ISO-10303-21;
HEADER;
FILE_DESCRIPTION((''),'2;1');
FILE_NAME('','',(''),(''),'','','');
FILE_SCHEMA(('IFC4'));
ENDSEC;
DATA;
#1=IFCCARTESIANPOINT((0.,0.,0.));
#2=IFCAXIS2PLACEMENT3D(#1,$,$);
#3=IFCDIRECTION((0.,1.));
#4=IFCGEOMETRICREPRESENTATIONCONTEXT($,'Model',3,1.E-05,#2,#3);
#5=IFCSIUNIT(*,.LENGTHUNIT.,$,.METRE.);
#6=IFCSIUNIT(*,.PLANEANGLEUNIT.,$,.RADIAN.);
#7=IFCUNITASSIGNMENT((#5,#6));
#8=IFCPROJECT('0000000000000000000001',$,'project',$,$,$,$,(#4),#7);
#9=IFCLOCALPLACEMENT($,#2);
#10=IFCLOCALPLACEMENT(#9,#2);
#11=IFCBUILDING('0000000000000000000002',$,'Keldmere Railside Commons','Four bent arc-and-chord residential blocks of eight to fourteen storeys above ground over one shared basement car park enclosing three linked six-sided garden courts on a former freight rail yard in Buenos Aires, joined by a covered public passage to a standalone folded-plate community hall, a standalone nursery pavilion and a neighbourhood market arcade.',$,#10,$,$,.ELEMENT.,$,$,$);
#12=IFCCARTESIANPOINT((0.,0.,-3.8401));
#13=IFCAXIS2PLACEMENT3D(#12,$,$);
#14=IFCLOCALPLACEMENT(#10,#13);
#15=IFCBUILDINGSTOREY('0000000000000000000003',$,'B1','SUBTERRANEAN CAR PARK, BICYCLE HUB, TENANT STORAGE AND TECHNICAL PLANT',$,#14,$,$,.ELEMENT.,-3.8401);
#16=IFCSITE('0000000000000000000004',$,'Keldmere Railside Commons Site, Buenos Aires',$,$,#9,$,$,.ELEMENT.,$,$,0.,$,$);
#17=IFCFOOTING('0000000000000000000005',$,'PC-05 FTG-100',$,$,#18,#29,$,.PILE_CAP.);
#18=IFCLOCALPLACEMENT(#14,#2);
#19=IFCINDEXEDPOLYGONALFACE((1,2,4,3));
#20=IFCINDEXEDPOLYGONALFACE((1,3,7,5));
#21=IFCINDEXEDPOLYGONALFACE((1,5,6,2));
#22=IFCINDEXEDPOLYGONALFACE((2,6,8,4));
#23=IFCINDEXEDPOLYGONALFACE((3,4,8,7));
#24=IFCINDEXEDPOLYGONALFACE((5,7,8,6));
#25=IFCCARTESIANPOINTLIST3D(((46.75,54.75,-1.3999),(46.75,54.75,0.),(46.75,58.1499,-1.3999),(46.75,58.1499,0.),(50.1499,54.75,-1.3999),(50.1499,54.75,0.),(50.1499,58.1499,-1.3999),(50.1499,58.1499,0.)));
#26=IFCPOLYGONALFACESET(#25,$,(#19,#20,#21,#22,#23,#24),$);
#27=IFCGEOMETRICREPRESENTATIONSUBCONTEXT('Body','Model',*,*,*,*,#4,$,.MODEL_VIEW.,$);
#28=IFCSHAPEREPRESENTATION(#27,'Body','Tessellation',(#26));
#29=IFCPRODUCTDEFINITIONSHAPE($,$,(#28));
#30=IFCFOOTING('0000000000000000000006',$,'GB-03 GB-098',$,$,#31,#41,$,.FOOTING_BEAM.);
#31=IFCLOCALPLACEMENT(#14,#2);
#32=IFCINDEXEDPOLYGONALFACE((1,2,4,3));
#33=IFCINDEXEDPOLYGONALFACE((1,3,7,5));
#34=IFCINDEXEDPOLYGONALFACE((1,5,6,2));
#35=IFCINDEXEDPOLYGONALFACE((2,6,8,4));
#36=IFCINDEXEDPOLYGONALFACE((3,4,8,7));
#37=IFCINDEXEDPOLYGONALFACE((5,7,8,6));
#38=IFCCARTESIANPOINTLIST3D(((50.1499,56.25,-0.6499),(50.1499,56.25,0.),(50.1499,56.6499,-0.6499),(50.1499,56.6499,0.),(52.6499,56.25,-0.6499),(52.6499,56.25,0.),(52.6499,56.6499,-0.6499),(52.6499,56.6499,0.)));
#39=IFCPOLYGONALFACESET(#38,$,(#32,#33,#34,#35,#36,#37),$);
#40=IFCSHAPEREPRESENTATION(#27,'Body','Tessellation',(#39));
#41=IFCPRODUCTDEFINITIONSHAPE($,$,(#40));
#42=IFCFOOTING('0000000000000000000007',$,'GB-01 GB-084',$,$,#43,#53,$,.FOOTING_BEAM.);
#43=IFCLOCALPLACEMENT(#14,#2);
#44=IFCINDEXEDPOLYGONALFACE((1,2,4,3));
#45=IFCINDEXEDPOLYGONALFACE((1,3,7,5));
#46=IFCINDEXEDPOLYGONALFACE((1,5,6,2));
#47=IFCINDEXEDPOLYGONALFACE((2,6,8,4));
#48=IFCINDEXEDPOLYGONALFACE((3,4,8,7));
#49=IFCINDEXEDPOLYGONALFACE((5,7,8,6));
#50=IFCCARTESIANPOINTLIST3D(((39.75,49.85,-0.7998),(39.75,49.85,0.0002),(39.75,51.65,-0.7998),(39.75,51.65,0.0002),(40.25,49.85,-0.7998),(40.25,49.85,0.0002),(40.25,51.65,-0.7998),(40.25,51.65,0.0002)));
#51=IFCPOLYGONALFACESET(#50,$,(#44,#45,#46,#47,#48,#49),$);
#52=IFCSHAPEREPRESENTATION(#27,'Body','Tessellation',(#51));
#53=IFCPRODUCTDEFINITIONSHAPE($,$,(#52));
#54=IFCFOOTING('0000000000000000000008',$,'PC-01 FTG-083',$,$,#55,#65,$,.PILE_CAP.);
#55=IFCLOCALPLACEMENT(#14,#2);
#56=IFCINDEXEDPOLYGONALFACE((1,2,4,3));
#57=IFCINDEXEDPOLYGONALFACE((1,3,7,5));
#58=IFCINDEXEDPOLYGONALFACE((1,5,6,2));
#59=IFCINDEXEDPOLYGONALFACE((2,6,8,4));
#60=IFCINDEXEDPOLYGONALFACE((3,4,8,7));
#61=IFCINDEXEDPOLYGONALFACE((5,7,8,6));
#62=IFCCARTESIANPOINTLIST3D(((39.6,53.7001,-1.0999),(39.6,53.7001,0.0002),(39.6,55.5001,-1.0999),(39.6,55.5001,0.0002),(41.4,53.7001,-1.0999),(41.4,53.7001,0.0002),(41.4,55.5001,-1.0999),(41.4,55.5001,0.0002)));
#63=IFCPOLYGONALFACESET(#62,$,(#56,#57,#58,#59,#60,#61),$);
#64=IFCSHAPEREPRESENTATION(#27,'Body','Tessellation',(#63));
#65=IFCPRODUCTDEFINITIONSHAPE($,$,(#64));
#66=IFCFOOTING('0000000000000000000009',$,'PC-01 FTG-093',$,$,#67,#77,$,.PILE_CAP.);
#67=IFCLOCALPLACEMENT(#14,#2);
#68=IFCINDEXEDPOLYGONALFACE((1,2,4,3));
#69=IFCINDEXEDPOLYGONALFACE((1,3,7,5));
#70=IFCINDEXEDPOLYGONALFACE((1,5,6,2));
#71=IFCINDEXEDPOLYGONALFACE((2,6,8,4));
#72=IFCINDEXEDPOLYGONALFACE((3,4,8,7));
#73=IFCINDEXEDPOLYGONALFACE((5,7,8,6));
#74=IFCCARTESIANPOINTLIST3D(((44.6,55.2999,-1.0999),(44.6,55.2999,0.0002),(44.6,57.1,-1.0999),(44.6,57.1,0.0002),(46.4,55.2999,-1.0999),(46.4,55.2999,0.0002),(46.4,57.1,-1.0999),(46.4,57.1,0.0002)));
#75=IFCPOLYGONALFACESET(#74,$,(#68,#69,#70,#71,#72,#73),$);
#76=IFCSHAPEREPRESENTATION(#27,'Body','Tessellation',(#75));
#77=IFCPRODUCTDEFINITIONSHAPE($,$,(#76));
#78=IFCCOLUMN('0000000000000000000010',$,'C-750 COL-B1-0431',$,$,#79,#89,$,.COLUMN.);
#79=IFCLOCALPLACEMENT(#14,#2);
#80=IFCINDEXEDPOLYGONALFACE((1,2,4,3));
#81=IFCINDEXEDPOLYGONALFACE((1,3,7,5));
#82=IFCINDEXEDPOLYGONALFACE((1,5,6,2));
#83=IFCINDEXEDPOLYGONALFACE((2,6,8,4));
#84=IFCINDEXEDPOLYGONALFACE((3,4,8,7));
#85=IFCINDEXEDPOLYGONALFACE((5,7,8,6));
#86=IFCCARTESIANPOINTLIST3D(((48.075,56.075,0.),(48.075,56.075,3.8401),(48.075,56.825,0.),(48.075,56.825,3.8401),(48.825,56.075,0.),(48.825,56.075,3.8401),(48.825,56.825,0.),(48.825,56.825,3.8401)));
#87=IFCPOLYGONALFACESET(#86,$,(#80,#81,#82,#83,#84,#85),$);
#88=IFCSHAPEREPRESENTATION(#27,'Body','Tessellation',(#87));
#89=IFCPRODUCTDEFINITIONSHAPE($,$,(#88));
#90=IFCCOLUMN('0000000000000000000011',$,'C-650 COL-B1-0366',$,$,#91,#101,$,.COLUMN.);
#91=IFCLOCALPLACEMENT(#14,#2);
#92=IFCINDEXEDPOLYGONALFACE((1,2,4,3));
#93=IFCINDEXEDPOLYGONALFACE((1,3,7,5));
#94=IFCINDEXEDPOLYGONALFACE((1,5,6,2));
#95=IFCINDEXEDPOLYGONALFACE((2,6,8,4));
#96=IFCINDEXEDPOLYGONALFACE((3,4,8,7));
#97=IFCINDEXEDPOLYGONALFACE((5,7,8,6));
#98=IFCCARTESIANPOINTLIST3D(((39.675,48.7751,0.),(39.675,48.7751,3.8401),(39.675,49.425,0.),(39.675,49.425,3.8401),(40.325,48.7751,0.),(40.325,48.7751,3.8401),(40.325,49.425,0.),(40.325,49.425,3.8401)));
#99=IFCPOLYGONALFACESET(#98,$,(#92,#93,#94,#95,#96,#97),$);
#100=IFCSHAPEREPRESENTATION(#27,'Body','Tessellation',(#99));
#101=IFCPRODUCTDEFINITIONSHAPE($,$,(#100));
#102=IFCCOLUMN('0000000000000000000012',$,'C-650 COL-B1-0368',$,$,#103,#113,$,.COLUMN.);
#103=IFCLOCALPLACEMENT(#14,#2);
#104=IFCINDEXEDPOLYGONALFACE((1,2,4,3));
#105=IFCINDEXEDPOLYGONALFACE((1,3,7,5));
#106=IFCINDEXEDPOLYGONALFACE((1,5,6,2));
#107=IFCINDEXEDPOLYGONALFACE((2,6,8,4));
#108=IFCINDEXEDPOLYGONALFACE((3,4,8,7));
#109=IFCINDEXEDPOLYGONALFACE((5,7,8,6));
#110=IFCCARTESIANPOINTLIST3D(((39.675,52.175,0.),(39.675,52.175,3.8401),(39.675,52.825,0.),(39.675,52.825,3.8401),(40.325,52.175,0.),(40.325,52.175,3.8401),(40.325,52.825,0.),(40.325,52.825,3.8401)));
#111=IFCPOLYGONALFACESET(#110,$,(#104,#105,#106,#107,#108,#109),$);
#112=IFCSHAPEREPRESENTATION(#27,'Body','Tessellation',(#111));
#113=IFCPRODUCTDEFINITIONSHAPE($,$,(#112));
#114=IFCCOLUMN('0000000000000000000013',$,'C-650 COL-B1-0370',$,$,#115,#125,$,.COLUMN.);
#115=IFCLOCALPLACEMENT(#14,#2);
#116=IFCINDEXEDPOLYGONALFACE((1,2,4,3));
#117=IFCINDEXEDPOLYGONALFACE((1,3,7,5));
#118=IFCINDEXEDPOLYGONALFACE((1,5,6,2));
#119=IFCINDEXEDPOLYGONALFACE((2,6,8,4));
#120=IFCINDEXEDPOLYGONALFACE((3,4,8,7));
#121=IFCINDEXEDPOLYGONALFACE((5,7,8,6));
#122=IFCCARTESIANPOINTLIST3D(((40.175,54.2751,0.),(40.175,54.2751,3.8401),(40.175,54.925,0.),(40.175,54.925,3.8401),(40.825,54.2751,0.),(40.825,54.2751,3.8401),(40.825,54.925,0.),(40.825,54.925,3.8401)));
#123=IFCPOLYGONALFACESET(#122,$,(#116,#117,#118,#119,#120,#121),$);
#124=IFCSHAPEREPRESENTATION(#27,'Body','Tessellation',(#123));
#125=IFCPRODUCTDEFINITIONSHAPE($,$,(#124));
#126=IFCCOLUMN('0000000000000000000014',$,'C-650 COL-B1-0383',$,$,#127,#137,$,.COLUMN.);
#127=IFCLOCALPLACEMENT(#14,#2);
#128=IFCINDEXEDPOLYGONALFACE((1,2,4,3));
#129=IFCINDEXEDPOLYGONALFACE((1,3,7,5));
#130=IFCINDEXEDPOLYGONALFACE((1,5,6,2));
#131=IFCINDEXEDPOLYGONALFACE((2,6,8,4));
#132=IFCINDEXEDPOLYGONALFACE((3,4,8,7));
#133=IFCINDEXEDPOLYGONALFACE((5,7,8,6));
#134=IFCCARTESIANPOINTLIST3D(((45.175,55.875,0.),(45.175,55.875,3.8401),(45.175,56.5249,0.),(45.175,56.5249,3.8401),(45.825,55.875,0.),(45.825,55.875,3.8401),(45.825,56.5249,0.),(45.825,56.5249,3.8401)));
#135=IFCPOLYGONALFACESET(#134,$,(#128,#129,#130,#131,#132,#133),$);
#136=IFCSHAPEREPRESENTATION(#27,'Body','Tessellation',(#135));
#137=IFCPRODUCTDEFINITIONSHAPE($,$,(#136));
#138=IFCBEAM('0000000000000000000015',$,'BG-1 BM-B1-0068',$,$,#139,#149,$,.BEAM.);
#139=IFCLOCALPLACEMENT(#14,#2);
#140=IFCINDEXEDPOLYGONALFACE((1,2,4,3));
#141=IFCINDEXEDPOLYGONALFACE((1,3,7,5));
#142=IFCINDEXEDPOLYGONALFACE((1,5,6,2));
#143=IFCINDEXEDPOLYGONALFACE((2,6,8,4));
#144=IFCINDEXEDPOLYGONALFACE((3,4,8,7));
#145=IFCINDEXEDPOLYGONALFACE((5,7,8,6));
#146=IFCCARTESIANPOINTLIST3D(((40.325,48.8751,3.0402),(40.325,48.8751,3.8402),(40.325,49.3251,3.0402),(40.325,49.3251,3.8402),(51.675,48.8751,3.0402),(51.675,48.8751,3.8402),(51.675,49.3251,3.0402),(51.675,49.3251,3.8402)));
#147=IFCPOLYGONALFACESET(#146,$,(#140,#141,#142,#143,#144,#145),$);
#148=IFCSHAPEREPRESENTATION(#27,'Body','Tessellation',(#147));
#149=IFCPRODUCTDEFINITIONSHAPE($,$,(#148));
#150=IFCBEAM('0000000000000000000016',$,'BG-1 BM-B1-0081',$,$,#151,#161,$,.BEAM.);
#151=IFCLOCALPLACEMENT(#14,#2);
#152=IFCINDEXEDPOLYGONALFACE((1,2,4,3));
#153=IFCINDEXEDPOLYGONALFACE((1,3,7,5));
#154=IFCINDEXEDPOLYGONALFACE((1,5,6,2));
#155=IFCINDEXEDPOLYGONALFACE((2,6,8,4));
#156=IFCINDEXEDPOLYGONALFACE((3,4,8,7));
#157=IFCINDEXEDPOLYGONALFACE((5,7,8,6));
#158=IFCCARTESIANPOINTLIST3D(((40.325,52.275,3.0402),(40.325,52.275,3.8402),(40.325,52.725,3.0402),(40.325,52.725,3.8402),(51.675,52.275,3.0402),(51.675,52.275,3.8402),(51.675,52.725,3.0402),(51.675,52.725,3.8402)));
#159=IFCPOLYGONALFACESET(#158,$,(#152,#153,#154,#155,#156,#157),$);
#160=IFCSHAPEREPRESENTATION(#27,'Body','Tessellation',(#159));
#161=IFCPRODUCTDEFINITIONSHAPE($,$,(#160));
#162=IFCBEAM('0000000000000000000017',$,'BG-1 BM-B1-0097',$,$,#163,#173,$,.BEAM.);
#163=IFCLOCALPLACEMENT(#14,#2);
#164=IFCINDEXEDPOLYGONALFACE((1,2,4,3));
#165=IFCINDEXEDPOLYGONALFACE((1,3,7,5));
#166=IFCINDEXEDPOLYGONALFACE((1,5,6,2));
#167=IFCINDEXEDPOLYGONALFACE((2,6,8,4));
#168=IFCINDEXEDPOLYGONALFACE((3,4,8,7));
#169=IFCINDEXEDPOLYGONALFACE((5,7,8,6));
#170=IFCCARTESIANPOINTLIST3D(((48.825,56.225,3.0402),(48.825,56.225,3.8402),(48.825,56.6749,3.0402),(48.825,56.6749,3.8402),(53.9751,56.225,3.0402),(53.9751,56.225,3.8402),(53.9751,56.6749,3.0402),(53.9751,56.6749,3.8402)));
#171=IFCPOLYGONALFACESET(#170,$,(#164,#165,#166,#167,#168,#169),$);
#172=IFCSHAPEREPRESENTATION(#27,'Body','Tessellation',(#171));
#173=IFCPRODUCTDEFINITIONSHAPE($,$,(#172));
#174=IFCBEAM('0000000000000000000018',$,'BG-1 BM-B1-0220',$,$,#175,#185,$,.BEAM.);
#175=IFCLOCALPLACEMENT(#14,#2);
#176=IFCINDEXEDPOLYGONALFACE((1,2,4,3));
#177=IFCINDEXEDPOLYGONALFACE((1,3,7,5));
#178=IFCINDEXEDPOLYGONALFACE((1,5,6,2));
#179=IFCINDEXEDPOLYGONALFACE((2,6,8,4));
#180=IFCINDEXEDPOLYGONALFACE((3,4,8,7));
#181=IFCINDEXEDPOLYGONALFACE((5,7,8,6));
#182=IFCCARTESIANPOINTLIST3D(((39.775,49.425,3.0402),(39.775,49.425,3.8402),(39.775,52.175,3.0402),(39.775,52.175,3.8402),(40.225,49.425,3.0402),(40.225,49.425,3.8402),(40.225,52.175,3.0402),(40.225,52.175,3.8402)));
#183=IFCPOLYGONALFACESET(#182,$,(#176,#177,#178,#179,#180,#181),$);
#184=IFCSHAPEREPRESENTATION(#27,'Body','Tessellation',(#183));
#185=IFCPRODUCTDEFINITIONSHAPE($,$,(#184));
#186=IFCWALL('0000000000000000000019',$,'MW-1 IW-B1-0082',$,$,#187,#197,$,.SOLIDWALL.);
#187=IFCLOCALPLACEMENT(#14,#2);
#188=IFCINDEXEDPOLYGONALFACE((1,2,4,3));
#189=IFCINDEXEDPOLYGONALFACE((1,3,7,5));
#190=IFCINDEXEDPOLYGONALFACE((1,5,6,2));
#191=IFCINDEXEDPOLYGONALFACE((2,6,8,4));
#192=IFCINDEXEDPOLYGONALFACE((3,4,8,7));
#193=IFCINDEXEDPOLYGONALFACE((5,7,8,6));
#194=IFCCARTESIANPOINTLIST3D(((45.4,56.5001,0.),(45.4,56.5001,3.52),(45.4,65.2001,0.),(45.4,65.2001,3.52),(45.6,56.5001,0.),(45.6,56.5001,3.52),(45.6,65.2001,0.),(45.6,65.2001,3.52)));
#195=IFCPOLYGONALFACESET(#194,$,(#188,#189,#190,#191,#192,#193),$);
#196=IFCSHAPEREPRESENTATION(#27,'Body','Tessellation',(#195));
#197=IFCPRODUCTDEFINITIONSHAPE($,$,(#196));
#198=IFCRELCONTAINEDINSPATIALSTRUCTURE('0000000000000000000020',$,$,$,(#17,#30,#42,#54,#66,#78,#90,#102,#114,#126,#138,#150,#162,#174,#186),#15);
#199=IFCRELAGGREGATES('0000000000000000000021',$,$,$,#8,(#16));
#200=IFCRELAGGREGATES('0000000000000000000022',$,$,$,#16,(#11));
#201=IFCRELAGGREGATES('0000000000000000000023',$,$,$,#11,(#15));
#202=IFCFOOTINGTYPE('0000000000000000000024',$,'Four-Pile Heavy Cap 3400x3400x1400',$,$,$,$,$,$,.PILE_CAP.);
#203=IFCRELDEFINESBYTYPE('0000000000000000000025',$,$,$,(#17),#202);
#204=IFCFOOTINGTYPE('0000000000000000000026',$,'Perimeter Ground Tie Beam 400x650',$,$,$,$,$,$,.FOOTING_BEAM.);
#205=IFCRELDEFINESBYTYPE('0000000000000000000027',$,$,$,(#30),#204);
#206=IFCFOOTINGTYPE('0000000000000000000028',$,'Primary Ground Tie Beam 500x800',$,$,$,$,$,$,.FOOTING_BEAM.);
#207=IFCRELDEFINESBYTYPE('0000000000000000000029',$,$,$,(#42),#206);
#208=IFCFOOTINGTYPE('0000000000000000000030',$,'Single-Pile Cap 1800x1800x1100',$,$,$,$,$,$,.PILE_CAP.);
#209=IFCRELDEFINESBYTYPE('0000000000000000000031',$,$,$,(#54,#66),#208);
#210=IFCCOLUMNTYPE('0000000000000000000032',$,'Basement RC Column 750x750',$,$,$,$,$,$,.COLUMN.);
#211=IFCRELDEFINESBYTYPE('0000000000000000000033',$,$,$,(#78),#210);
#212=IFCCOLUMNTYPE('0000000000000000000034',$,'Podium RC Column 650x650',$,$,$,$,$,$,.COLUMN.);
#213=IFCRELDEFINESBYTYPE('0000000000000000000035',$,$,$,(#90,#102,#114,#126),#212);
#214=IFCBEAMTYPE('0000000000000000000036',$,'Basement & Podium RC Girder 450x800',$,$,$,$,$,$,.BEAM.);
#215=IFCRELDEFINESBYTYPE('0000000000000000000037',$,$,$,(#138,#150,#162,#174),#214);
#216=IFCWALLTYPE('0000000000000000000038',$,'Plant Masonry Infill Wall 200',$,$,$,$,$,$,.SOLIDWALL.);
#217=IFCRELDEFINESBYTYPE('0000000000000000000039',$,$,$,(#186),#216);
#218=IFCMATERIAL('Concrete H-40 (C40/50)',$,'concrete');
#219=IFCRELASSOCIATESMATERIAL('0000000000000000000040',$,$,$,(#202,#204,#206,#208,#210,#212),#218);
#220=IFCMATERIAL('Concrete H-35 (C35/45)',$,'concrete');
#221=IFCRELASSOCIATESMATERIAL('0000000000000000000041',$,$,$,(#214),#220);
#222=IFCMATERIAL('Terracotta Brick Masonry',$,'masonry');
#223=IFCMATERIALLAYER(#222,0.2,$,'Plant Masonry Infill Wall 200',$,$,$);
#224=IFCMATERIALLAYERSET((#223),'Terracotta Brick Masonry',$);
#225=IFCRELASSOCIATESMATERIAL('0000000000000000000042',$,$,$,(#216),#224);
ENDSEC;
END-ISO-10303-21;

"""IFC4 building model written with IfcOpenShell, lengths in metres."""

from ifc_helpers import new_model, si_unit, direction, frame, frame_2d, origin, origin_2d, place, context, subcontext, project, spatial, rectangle, extrude, material, layer, layer_set, material_profile, profile_set, type_object, element, save


model = new_model("IFC4")

# Units and contexts
model_context = context("Model", 3, precision=1e-05, world=origin(), true_north=direction((0.0, 1.0)))
body_context = subcontext(model_context, "Body", "Model", "MODEL_VIEW")
ifc_project = project(units=[si_unit("LENGTHUNIT", "METRE"), si_unit("PLANEANGLEUNIT", "RADIAN")], contexts=[model_context])

# Site, building, storey
site_placement = place(None, origin())
site = spatial("IfcSite", under=ifc_project, at=site_placement, Name="Keldmere Railside Commons Site, Buenos Aires", CompositionType="ELEMENT", RefElevation=0.0)
building_placement = place(site_placement, origin())
building = spatial("IfcBuilding", under=site, at=building_placement, Name="Keldmere Railside Commons", Description="Four bent arc-and-chord residential blocks of eight to fourteen storeys above ground over one shared basement car park enclosing three linked six-sided garden courts on a former freight rail yard in Buenos Aires, joined by a covered public passage to a standalone folded-plate community hall, a standalone nursery pavilion and a neighbourhood market arcade.", CompositionType="ELEMENT")
storey_placement = place(building_placement, frame((0.0, 0.0, -3.8401)))
storey = spatial("IfcBuildingStorey", under=building, at=storey_placement, Name="B1", Description="SUBTERRANEAN CAR PARK, BICYCLE HUB, TENANT STORAGE AND TECHNICAL PLANT", CompositionType="ELEMENT", Elevation=-3.8401)

# Footings
ifc_material_1 = material(Name="Concrete H-40 (C40/50)", Category="concrete")
footing_type_1 = type_object("IfcFootingType", Name="Four-Pile Heavy Cap 3400x3400x1400", PredefinedType="PILE_CAP", material=ifc_material_1)
footing_1_placement = place(storey_placement, frame((48.45, 56.45, -1.3999), z_axis=(0.0, 0.0, 1.0), x_axis=(1.0, 0.0, 0.0)))
element("IfcFooting", 1, at=footing_1_placement, inside=storey, type_object=footing_type_1, Name="PC-05 FTG-100", PredefinedType="PILE_CAP", context=body_context, shape_type="SweptSolid", body=[
    extrude(rectangle(XDim=3.3999, YDim=3.3999, at=origin_2d()), origin(), (0.0, 0.0, 1.0), 1.3999),
])
footing_type_2 = type_object("IfcFootingType", Name="Perimeter Ground Tie Beam 400x650", PredefinedType="FOOTING_BEAM", material=ifc_material_1)
footing_2_placement = place(storey_placement, frame((51.3999, 56.45, -0.6499), z_axis=(0.0, 0.0, 1.0), x_axis=(1.0, 0.0, 0.0)))
element("IfcFooting", 2, at=footing_2_placement, inside=storey, type_object=footing_type_2, Name="GB-03 GB-098", PredefinedType="FOOTING_BEAM", context=body_context, shape_type="SweptSolid", body=[
    extrude(rectangle(XDim=2.5, YDim=0.3999, at=origin_2d()), origin(), (0.0, 0.0, 1.0), 0.6499),
])
footing_type_3 = type_object("IfcFootingType", Name="Primary Ground Tie Beam 500x800", PredefinedType="FOOTING_BEAM", material=ifc_material_1)
footing_3_placement = place(storey_placement, frame((40.0, 50.75, -0.7998), z_axis=(0.0, 0.0, 1.0), x_axis=(0.0, 1.0, 0.0)))
element("IfcFooting", 3, at=footing_3_placement, inside=storey, type_object=footing_type_3, Name="GB-01 GB-084", PredefinedType="FOOTING_BEAM", context=body_context, shape_type="SweptSolid", body=[
    extrude(rectangle(XDim=1.8, YDim=0.5, at=origin_2d()), origin(), (0.0, 0.0, 1.0), 0.8),
])
footing_type_4 = type_object("IfcFootingType", Name="Single-Pile Cap 1800x1800x1100", PredefinedType="PILE_CAP", material=ifc_material_1)
for number, where, z_axis, x_axis, name in (
    (4, (40.5, 54.6001, -1.0999), (0.0, 0.0, 1.0), (1.0, 0.0, 0.0), "PC-01 FTG-083"),
    (5, (45.5, 56.2, -1.0999), (0.0, 0.0, 1.0), (1.0, 0.0, 0.0), "PC-01 FTG-093"),
):
    element("IfcFooting", number, at=place(storey_placement, frame(where, z_axis=z_axis, x_axis=x_axis)), inside=storey, type_object=footing_type_4, Name=name, PredefinedType="PILE_CAP", context=body_context, shape_type="SweptSolid", body=[
        extrude(rectangle(XDim=1.8, YDim=1.8, at=origin_2d()), origin(), (0.0, 0.0, 1.0), 1.1001),
    ])

# Columns
ifc_material_profile_1 = material_profile(ifc_material_1, rectangle(XDim=0.75, YDim=0.75, at=origin_2d()), Name="RC-750x750")
ifc_profile_set_1 = profile_set([ifc_material_profile_1], Name="Concrete H-40 (C40/50)")
column_type_1 = type_object("IfcColumnType", Name="Basement RC Column 750x750", PredefinedType="COLUMN", material=ifc_profile_set_1)
column_placement = place(storey_placement, frame((48.45, 56.45, 0.0), z_axis=(0.0, 0.0, 1.0), x_axis=(1.0, 0.0, 0.0)))
element("IfcColumn", 6, at=column_placement, inside=storey, type_object=column_type_1, Name="C-750 COL-B1-0431", PredefinedType="COLUMN", context=body_context, shape_type="SweptSolid", body=[
    extrude(rectangle(XDim=0.75, YDim=0.75, at=origin_2d()), origin(), (0.0, 0.0, 1.0), 3.8401),
])
ifc_material_profile_2 = material_profile(ifc_material_1, rectangle(XDim=0.6499, YDim=0.6499, at=origin_2d()), Name="RC-650x650")
ifc_profile_set_2 = profile_set([ifc_material_profile_2], Name="Concrete H-40 (C40/50)")
column_type_2 = type_object("IfcColumnType", Name="Podium RC Column 650x650", PredefinedType="COLUMN", material=ifc_profile_set_2)
for number, where, z_axis, x_axis, name in (
    (7, (40.0, 49.1001, 0.0), (0.0, 0.0, 1.0), (1.0, 0.0, 0.0), "C-650 COL-B1-0366"),
    (8, (40.0, 52.5, 0.0), (0.0, 0.0, 1.0), (1.0, 0.0, 0.0), "C-650 COL-B1-0368"),
    (9, (40.5, 54.6001, 0.0), (0.0, 0.0, 1.0), (1.0, 0.0, 0.0), "C-650 COL-B1-0370"),
    (10, (45.5, 56.2, 0.0), (0.0, 0.0, 1.0), (1.0, 0.0, 0.0), "C-650 COL-B1-0383"),
):
    element("IfcColumn", number, at=place(storey_placement, frame(where, z_axis=z_axis, x_axis=x_axis)), inside=storey, type_object=column_type_2, Name=name, PredefinedType="COLUMN", context=body_context, shape_type="SweptSolid", body=[
        extrude(rectangle(XDim=0.6499, YDim=0.6499, at=origin_2d()), origin(), (0.0, 0.0, 1.0), 3.8401),
    ])

# Beams
ifc_material_2 = material(Name="Concrete H-35 (C35/45)", Category="concrete")
ifc_material_profile_3 = material_profile(ifc_material_2, rectangle(XDim=0.45, YDim=0.8, at=origin_2d()), Name="RC-450x800")
ifc_profile_set_3 = profile_set([ifc_material_profile_3], Name="Concrete H-35 (C35/45)")
beam_type = type_object("IfcBeamType", Name="Basement & Podium RC Girder 450x800", PredefinedType="BEAM", material=ifc_profile_set_3)
for number, where, z_axis, x_axis, name in (
    (11, (40.325, 49.1001, 3.4402), (1.0, 0.0, 0.0), (0.0, 1.0, 0.0), "BG-1 BM-B1-0068"),
    (12, (40.325, 52.5, 3.4402), (1.0, 0.0, 0.0), (0.0, 1.0, 0.0), "BG-1 BM-B1-0081"),
):
    element("IfcBeam", number, at=place(storey_placement, frame(where, z_axis=z_axis, x_axis=x_axis)), inside=storey, type_object=beam_type, Name=name, PredefinedType="BEAM", context=body_context, shape_type="SweptSolid", body=[
        extrude(rectangle(XDim=0.45, YDim=0.8, at=origin_2d()), origin(), (0.0, 0.0, 1.0), 11.3501),
    ])
beam_1_placement = place(storey_placement, frame((48.825, 56.45, 3.4402), z_axis=(1.0, 0.0, 0.0), x_axis=(0.0, 1.0, 0.0)))
element("IfcBeam", 13, at=beam_1_placement, inside=storey, type_object=beam_type, Name="BG-1 BM-B1-0097", PredefinedType="BEAM", context=body_context, shape_type="SweptSolid", body=[
    extrude(rectangle(XDim=0.45, YDim=0.8, at=origin_2d()), origin(), (0.0, 0.0, 1.0), 5.1501),
])
beam_2_placement = place(storey_placement, frame((40.0, 49.425, 3.4402), z_axis=(0.0, 1.0, 0.0), x_axis=(-1.0, 0.0, 0.0)))
element("IfcBeam", 14, at=beam_2_placement, inside=storey, type_object=beam_type, Name="BG-1 BM-B1-0220", PredefinedType="BEAM", context=body_context, shape_type="SweptSolid", body=[
    extrude(rectangle(XDim=0.45, YDim=0.8, at=origin_2d()), origin(), (0.0, 0.0, 1.0), 2.75),
])

# Wall
ifc_material_3 = material(Name="Terracotta Brick Masonry", Category="masonry")
ifc_layer = layer(ifc_material_3, 0.2, Name="Plant Masonry Infill Wall 200")
ifc_layer_set = layer_set([ifc_layer], Name="Terracotta Brick Masonry")
wall_type = type_object("IfcWallType", Name="Plant Masonry Infill Wall 200", PredefinedType="SOLIDWALL", material=ifc_layer_set)
wall_placement = place(storey_placement, frame((45.5, 56.5, 0.0), z_axis=(0.0, 0.0, 1.0), x_axis=(0.0, 1.0, 0.0)))
element("IfcWall", 15, at=wall_placement, inside=storey, type_object=wall_type, Name="MW-1 IW-B1-0082", PredefinedType="SOLIDWALL", context=body_context, shape_type="SweptSolid", body=[
    extrude(rectangle(XDim=8.7, YDim=0.2, at=frame_2d((4.3501, 0.0))), origin(), (0.0, 0.0, 1.0), 3.52),
])

save(model, "model.ifc")
